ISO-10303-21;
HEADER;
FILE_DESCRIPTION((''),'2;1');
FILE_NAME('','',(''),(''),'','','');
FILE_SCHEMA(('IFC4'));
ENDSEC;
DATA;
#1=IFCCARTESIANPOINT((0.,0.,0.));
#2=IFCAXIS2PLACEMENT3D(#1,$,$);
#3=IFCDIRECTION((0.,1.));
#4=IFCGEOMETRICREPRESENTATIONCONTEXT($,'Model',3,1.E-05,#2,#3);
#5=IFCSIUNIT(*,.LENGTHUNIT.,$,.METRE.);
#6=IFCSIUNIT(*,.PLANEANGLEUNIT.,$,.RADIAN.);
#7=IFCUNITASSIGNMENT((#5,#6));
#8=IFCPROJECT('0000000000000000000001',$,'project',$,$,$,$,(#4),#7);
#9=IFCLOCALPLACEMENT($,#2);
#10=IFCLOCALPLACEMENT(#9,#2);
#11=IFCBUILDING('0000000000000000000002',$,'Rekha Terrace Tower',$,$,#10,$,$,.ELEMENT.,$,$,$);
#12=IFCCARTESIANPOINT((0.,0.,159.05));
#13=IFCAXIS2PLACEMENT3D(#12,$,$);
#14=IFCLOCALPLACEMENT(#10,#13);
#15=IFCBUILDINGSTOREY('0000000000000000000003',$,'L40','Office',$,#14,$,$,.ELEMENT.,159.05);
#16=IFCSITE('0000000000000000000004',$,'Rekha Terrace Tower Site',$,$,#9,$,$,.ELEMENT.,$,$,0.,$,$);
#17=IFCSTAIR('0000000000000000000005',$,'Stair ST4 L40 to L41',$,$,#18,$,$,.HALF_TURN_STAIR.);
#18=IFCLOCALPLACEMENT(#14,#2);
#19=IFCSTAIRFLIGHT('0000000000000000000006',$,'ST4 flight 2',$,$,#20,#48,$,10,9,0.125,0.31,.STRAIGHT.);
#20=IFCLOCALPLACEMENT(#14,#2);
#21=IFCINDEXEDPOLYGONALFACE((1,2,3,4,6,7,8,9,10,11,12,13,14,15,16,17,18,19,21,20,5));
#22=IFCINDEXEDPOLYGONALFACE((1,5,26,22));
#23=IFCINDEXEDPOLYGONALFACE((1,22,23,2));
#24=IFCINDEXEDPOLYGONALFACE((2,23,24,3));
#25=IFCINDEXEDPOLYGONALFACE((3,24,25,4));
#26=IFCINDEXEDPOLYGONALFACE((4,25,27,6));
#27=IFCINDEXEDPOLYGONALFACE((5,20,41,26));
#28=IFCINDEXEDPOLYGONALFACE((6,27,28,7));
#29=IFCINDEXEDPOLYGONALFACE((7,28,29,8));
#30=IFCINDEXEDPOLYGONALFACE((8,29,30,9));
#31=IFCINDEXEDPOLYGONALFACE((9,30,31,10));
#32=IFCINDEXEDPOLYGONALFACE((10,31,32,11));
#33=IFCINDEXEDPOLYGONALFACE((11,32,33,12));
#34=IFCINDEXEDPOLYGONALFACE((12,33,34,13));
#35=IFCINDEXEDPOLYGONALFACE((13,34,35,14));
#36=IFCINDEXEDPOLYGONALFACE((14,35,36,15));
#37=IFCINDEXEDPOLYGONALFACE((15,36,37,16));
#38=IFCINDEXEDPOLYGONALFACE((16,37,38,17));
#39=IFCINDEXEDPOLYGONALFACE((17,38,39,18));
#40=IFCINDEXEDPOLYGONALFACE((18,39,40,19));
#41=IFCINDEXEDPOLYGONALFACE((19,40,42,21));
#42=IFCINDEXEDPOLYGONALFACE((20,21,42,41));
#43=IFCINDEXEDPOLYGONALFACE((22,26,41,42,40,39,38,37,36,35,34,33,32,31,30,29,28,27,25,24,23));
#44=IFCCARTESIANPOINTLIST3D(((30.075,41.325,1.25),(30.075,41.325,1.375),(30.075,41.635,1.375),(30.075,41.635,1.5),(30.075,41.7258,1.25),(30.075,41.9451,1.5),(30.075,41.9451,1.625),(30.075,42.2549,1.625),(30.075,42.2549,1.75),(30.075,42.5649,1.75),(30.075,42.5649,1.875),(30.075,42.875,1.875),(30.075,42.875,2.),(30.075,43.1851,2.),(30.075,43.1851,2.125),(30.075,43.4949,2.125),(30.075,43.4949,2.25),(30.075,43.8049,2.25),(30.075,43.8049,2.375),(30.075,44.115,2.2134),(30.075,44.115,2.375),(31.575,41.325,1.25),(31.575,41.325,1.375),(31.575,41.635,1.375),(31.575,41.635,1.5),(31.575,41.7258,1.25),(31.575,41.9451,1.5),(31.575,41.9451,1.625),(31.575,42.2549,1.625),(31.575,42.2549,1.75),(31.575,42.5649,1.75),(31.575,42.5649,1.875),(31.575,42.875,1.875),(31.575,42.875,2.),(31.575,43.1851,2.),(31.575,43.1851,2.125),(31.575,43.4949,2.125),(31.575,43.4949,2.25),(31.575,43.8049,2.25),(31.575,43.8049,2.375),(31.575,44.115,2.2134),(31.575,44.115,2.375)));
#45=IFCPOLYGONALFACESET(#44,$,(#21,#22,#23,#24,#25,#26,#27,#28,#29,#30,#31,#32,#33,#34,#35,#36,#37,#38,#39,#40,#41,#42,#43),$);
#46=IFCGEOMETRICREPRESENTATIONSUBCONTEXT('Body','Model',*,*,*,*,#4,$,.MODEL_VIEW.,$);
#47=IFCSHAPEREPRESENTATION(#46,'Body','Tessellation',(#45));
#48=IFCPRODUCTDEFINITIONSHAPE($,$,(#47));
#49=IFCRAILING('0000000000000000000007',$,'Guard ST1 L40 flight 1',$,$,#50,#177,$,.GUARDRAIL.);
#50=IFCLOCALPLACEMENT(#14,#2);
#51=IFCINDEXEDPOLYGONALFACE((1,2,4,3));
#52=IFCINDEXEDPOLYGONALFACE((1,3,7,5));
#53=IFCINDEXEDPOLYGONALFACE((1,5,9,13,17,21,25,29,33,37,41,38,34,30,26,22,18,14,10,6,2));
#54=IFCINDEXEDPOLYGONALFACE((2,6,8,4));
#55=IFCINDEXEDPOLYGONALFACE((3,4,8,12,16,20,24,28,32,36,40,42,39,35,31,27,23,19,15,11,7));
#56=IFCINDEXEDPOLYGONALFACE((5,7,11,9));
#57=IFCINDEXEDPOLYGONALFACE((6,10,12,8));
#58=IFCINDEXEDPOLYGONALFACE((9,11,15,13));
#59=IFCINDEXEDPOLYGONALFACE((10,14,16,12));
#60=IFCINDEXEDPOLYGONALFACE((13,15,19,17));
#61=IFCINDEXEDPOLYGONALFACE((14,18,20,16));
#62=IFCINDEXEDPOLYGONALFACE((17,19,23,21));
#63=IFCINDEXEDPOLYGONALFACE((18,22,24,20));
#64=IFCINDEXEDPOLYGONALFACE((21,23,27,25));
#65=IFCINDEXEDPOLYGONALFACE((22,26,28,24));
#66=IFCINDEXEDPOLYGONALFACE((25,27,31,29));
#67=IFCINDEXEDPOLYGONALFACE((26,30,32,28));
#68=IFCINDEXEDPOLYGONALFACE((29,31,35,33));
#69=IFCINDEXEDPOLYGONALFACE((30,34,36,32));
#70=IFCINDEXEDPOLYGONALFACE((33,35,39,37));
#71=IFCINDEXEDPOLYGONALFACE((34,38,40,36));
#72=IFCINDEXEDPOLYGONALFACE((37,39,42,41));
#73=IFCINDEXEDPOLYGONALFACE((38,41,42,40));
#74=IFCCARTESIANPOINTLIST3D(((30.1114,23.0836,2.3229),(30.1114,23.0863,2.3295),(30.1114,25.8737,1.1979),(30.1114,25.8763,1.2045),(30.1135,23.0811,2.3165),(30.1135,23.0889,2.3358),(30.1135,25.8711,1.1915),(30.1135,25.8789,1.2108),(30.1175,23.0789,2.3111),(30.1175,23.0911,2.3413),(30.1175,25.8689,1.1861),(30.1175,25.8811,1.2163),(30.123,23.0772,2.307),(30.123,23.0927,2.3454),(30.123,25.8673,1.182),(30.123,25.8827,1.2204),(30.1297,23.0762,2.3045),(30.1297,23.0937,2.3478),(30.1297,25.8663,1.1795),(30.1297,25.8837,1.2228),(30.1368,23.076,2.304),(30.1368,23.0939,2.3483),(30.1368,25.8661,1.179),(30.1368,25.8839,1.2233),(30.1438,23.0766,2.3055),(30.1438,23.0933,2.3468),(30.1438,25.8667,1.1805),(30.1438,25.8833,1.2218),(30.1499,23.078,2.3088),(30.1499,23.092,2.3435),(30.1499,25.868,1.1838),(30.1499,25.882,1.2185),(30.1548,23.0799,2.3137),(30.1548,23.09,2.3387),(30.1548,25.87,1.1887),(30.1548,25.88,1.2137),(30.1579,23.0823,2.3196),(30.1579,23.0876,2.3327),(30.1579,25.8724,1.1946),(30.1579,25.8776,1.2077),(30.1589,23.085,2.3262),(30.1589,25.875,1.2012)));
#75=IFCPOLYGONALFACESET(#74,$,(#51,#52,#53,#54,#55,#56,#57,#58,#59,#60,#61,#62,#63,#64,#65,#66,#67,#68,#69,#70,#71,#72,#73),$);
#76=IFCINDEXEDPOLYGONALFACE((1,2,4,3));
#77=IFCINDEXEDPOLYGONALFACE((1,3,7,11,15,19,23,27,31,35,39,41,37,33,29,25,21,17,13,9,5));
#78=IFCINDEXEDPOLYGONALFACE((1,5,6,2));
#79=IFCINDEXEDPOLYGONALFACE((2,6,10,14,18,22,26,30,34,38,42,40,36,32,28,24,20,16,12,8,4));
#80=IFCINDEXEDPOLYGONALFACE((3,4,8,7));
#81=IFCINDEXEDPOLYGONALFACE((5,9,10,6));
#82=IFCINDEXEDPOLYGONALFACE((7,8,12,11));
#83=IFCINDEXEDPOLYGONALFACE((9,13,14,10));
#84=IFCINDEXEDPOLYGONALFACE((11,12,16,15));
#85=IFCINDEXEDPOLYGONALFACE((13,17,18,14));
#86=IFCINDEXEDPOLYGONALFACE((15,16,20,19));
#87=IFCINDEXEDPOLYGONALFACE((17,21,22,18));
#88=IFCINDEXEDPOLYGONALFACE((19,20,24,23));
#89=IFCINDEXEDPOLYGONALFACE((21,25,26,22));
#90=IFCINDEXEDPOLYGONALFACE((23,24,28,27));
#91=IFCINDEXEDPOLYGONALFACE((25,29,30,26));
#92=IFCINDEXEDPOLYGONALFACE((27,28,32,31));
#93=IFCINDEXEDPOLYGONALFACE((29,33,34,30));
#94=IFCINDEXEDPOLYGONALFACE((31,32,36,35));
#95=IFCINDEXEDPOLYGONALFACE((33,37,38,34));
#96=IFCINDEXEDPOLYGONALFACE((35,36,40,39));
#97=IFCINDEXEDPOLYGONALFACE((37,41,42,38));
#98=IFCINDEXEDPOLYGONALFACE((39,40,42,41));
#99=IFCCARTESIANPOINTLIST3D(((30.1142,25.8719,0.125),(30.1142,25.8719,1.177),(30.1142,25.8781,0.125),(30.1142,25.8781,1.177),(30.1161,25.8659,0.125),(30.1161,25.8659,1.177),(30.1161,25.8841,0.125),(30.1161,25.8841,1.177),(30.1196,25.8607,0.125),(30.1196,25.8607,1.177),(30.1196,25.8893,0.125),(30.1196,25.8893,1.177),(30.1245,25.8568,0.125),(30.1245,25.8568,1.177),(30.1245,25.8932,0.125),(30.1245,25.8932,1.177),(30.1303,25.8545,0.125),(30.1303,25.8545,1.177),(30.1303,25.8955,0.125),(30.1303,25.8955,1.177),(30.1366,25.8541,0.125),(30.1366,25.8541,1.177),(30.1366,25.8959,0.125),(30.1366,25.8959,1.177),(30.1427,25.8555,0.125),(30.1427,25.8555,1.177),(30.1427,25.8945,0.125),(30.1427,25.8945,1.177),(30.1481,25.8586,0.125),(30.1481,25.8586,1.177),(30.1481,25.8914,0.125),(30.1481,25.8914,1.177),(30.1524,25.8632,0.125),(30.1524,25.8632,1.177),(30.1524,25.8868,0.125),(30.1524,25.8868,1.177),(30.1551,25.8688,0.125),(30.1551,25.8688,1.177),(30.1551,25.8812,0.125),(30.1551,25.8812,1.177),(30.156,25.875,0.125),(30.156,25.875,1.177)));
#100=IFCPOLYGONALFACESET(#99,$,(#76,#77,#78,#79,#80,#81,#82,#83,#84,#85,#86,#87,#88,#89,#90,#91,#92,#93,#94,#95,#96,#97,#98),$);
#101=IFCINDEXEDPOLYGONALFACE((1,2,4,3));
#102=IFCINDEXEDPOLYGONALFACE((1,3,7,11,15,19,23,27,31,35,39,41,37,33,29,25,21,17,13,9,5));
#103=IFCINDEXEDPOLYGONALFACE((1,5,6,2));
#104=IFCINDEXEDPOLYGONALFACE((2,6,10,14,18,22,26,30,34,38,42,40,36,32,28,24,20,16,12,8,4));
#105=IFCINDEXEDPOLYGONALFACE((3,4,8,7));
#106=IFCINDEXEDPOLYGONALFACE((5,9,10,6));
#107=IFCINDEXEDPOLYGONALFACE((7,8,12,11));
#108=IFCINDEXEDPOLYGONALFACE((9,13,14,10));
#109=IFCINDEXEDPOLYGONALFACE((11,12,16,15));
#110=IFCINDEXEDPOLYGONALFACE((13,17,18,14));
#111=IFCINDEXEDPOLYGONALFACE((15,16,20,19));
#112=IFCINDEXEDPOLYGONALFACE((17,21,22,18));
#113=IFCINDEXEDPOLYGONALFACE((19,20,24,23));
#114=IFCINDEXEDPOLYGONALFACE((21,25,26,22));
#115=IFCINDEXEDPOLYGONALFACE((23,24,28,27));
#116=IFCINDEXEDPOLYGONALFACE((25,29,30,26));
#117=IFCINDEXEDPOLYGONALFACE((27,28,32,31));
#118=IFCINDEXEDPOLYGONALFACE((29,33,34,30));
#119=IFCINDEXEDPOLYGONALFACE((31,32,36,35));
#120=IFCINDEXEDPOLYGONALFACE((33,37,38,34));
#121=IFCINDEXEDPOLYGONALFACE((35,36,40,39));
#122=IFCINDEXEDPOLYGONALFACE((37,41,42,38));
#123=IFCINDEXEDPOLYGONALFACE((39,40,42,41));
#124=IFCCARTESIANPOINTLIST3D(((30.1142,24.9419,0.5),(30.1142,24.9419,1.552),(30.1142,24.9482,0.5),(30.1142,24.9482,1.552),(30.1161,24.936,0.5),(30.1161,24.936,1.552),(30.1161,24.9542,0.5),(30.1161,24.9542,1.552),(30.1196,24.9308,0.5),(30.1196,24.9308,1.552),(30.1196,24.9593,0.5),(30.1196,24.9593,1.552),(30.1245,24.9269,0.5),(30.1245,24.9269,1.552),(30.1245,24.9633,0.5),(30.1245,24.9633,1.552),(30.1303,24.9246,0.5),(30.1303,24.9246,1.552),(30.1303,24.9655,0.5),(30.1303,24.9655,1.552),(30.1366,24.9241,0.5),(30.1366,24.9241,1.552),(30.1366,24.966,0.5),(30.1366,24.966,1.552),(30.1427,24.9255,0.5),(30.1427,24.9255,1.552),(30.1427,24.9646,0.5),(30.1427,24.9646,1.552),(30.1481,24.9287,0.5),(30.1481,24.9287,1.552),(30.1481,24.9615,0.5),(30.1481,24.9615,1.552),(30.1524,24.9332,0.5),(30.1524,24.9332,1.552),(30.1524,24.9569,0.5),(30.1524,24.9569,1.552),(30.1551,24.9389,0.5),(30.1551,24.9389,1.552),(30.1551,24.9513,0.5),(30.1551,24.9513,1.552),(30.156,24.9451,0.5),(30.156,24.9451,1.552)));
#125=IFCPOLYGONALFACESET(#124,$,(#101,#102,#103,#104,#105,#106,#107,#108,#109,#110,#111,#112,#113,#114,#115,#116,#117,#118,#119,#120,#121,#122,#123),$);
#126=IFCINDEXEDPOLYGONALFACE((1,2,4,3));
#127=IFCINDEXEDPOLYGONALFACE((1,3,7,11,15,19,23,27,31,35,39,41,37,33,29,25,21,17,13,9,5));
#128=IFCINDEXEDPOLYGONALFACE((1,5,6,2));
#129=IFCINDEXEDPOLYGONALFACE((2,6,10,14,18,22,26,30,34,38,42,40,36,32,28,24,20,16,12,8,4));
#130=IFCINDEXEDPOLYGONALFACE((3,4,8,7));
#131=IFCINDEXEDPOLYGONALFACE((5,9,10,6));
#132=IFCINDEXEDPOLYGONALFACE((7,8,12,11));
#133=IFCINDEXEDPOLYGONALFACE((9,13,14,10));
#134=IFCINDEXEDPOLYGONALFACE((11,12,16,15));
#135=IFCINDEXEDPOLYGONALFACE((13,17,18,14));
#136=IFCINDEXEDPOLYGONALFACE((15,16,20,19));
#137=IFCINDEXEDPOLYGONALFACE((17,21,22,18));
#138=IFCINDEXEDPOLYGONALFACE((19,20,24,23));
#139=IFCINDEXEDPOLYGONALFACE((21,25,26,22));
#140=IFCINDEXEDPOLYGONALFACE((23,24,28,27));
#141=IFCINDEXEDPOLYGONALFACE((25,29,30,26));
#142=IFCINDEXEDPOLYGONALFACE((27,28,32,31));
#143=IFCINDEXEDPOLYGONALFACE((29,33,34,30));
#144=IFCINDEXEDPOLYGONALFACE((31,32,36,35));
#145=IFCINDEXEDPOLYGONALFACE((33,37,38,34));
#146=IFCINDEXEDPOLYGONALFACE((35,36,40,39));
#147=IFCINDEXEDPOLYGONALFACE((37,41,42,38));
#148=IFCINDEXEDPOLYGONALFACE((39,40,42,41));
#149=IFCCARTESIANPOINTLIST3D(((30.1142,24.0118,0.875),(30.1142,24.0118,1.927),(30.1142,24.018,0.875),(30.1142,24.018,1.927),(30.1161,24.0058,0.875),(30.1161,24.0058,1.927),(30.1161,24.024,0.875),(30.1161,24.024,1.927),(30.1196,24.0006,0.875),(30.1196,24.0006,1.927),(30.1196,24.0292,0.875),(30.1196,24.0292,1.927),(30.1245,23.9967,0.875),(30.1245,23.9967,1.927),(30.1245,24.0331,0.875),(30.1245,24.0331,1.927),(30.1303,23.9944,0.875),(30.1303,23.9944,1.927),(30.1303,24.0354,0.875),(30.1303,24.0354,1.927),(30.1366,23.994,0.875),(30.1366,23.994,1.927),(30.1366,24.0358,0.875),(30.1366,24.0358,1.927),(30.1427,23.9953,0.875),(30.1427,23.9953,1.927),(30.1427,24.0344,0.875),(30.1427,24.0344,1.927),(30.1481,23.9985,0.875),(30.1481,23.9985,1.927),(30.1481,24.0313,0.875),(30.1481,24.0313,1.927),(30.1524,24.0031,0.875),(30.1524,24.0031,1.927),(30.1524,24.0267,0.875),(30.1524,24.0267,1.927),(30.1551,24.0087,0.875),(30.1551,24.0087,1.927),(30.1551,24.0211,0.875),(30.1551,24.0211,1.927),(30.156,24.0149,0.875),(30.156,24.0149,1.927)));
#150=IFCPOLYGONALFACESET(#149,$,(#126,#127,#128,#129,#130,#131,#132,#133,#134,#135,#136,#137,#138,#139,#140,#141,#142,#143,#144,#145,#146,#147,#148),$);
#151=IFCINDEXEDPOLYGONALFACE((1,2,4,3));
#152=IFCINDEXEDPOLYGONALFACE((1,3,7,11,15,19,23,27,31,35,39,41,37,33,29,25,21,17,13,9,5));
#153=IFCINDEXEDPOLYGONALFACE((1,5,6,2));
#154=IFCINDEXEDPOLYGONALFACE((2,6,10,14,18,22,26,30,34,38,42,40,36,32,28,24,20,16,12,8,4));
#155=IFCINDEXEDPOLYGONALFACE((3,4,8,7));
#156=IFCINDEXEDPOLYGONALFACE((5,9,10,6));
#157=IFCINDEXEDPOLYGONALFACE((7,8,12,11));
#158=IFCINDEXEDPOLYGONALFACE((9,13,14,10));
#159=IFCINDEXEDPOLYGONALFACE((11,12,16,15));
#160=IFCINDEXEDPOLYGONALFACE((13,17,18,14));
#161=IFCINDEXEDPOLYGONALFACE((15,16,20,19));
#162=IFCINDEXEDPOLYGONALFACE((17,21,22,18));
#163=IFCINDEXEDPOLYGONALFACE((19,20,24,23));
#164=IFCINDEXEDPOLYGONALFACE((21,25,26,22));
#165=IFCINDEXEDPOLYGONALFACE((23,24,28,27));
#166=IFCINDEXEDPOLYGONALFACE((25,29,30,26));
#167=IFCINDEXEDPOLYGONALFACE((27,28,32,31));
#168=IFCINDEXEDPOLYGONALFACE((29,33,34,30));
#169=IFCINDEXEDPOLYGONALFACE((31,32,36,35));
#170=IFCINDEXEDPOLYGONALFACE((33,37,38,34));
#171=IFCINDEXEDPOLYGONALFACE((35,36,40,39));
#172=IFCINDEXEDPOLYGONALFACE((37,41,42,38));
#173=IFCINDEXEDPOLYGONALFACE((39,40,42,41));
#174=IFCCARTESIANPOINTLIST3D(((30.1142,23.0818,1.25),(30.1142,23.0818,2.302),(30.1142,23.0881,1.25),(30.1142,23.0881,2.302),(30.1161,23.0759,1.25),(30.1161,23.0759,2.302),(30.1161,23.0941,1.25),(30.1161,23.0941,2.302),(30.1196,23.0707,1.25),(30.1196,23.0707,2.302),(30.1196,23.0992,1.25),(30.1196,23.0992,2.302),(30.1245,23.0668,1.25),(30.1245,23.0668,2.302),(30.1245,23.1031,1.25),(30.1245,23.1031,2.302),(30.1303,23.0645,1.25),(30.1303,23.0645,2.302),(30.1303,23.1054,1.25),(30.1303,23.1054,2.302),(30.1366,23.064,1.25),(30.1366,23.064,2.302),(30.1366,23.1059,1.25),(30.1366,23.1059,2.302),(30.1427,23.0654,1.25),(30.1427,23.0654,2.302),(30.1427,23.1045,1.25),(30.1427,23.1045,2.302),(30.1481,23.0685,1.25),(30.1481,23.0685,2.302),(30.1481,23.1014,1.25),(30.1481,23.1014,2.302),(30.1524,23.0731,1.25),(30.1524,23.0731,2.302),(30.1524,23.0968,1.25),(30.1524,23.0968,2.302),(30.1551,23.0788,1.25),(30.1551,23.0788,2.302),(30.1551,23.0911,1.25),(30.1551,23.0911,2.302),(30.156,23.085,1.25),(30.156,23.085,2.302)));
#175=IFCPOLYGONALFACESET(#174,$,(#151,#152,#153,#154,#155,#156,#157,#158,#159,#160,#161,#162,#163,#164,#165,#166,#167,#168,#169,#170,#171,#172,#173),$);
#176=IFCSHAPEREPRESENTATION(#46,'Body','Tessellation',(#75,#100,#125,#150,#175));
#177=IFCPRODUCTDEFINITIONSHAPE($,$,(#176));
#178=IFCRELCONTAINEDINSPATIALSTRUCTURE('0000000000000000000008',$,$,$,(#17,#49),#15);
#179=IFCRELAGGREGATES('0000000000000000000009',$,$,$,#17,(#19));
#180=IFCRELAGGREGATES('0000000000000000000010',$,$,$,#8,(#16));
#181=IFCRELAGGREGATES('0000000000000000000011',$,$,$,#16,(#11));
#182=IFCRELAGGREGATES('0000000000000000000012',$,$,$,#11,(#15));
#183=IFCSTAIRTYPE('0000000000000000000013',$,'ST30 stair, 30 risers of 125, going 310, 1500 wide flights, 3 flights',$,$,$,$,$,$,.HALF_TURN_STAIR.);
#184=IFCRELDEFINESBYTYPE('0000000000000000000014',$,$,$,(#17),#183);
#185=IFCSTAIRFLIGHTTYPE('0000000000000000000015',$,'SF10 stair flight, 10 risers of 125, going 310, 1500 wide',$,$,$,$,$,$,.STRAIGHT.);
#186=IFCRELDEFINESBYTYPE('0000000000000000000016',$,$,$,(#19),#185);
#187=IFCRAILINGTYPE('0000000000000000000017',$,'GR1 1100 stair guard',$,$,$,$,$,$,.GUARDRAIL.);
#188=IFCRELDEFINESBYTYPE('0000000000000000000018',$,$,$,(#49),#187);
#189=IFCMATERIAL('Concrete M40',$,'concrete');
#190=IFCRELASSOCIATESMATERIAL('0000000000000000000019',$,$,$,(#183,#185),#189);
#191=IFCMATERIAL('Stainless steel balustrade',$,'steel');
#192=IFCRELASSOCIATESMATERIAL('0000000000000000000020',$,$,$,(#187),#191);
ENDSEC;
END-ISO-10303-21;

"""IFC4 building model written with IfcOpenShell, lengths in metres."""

from ifc_helpers import new_model, si_unit, direction, frame, origin, origin_2d, place, context, subcontext, project, spatial, polyline, circle, outline, extrude, material, type_object, element, aggregate, save


model = new_model("IFC4")

# Units and contexts
model_context = context("Model", 3, precision=1e-05, world=origin(), true_north=direction((0.0, 1.0)))
body_context = subcontext(model_context, "Body", "Model", "MODEL_VIEW")
ifc_project = project(units=[si_unit("LENGTHUNIT", "METRE"), si_unit("PLANEANGLEUNIT", "RADIAN")], contexts=[model_context])

# Site, building, storey
site_placement = place(None, origin())
site = spatial("IfcSite", under=ifc_project, at=site_placement, Name="Rekha Terrace Tower Site", CompositionType="ELEMENT", RefElevation=0.0)
building_placement = place(site_placement, origin())
building = spatial("IfcBuilding", under=site, at=building_placement, Name="Rekha Terrace Tower", CompositionType="ELEMENT")
storey_placement = place(building_placement, frame((0.0, 0.0, 159.05)))
storey = spatial("IfcBuildingStorey", under=building, at=storey_placement, Name="L40", Description="Office", CompositionType="ELEMENT", Elevation=159.05)

# Shared definitions
ifc_material_1 = material(Name="Concrete M40", Category="concrete")
stair_type = type_object("IfcStairType", Name="ST30 stair, 30 risers of 125, going 310, 1500 wide flights, 3 flights", PredefinedType="HALF_TURN_STAIR", material=ifc_material_1)
stair_flight_type = type_object("IfcStairFlightType", Name="SF10 stair flight, 10 risers of 125, going 310, 1500 wide", PredefinedType="STRAIGHT", material=ifc_material_1)

# Stair, stair flight
stair_1_placement = place(storey_placement, origin())
stair_1 = element("IfcStair", 1, at=stair_1_placement, inside=storey, type_object=stair_type, Name="Stair ST4 L40 to L41", PredefinedType="HALF_TURN_STAIR")
stair_flight_1_placement = place(storey_placement, frame((30.825, 41.325, 1.25), z_axis=(0.0, 0.0, 1.0), x_axis=(0.0, 1.0, 0.0)))
stair_flight_1 = element("IfcStairFlight", 2, at=stair_flight_1_placement, type_object=stair_flight_type, Name="ST4 flight 2", NumberOfRisers=10, NumberOfTreads=9, PredefinedType="STRAIGHT", RiserHeight=0.125, TreadLength=0.31, context=body_context, shape_type="SweptSolid", body=[
    extrude(outline(polyline([(0.0, 0.0), (0.0, 0.125), (0.3101, 0.125), (0.3101, 0.25), (0.6201, 0.25), (0.6201, 0.375), (0.9299, 0.375), (0.9299, 0.5), (1.24, 0.5), (1.24, 0.625), (1.55, 0.625), (1.55, 0.75), (1.8601, 0.75), (1.8601, 0.875), (2.1699, 0.875), (2.1699, 1.0), (2.48, 1.0), (2.48, 1.125), (2.79, 1.125), (2.79, 1.25), (2.79, 0.9634), (0.4009, 0.0), (0.0, 0.0)])), frame((0.0, 0.75, 0.0), z_axis=(0.0, -1.0, 0.0), x_axis=(1.0, 0.0, 0.0)), (0.0, 0.0, 1.0), 1.5),
])
aggregate(stair_1, [stair_flight_1])

# Railing
ifc_material_2 = material(Name="Stainless steel balustrade", Category="steel")
railing_type_1 = type_object("IfcRailingType", Name="GR1 1100 stair guard", PredefinedType="GUARDRAIL", material=ifc_material_2)
railing_1_placement = place(storey_placement, frame((30.135, 25.875, 0.125)))
element("IfcRailing", 3, at=railing_1_placement, inside=storey, type_object=railing_type_1, Name="Guard ST1 L40 flight 1", PredefinedType="GUARDRAIL", context=body_context, shape_type="SweptSolid", body=[
    extrude(circle(Radius=0.0239, at=origin_2d()), frame((0.0, 0.0, 1.0762), z_axis=(0.0, -0.927443, 0.373964), x_axis=(1.0, 0.0, 0.0)), (0.0, 0.0, 1.0), 3.0083),
    extrude(circle(Radius=0.021, at=origin_2d()), origin(), (0.0, 0.0, 1.0), 1.052),
    extrude(circle(Radius=0.021, at=origin_2d()), frame((0.0, -0.9299, 0.375)), (0.0, 0.0, 1.0), 1.052),
    extrude(circle(Radius=0.021, at=origin_2d()), frame((0.0, -1.8601, 0.75)), (0.0, 0.0, 1.0), 1.052),
    extrude(circle(Radius=0.021, at=origin_2d()), frame((0.0, -2.79, 1.125)), (0.0, 0.0, 1.0), 1.052),
])

save(model, "model.ifc")
